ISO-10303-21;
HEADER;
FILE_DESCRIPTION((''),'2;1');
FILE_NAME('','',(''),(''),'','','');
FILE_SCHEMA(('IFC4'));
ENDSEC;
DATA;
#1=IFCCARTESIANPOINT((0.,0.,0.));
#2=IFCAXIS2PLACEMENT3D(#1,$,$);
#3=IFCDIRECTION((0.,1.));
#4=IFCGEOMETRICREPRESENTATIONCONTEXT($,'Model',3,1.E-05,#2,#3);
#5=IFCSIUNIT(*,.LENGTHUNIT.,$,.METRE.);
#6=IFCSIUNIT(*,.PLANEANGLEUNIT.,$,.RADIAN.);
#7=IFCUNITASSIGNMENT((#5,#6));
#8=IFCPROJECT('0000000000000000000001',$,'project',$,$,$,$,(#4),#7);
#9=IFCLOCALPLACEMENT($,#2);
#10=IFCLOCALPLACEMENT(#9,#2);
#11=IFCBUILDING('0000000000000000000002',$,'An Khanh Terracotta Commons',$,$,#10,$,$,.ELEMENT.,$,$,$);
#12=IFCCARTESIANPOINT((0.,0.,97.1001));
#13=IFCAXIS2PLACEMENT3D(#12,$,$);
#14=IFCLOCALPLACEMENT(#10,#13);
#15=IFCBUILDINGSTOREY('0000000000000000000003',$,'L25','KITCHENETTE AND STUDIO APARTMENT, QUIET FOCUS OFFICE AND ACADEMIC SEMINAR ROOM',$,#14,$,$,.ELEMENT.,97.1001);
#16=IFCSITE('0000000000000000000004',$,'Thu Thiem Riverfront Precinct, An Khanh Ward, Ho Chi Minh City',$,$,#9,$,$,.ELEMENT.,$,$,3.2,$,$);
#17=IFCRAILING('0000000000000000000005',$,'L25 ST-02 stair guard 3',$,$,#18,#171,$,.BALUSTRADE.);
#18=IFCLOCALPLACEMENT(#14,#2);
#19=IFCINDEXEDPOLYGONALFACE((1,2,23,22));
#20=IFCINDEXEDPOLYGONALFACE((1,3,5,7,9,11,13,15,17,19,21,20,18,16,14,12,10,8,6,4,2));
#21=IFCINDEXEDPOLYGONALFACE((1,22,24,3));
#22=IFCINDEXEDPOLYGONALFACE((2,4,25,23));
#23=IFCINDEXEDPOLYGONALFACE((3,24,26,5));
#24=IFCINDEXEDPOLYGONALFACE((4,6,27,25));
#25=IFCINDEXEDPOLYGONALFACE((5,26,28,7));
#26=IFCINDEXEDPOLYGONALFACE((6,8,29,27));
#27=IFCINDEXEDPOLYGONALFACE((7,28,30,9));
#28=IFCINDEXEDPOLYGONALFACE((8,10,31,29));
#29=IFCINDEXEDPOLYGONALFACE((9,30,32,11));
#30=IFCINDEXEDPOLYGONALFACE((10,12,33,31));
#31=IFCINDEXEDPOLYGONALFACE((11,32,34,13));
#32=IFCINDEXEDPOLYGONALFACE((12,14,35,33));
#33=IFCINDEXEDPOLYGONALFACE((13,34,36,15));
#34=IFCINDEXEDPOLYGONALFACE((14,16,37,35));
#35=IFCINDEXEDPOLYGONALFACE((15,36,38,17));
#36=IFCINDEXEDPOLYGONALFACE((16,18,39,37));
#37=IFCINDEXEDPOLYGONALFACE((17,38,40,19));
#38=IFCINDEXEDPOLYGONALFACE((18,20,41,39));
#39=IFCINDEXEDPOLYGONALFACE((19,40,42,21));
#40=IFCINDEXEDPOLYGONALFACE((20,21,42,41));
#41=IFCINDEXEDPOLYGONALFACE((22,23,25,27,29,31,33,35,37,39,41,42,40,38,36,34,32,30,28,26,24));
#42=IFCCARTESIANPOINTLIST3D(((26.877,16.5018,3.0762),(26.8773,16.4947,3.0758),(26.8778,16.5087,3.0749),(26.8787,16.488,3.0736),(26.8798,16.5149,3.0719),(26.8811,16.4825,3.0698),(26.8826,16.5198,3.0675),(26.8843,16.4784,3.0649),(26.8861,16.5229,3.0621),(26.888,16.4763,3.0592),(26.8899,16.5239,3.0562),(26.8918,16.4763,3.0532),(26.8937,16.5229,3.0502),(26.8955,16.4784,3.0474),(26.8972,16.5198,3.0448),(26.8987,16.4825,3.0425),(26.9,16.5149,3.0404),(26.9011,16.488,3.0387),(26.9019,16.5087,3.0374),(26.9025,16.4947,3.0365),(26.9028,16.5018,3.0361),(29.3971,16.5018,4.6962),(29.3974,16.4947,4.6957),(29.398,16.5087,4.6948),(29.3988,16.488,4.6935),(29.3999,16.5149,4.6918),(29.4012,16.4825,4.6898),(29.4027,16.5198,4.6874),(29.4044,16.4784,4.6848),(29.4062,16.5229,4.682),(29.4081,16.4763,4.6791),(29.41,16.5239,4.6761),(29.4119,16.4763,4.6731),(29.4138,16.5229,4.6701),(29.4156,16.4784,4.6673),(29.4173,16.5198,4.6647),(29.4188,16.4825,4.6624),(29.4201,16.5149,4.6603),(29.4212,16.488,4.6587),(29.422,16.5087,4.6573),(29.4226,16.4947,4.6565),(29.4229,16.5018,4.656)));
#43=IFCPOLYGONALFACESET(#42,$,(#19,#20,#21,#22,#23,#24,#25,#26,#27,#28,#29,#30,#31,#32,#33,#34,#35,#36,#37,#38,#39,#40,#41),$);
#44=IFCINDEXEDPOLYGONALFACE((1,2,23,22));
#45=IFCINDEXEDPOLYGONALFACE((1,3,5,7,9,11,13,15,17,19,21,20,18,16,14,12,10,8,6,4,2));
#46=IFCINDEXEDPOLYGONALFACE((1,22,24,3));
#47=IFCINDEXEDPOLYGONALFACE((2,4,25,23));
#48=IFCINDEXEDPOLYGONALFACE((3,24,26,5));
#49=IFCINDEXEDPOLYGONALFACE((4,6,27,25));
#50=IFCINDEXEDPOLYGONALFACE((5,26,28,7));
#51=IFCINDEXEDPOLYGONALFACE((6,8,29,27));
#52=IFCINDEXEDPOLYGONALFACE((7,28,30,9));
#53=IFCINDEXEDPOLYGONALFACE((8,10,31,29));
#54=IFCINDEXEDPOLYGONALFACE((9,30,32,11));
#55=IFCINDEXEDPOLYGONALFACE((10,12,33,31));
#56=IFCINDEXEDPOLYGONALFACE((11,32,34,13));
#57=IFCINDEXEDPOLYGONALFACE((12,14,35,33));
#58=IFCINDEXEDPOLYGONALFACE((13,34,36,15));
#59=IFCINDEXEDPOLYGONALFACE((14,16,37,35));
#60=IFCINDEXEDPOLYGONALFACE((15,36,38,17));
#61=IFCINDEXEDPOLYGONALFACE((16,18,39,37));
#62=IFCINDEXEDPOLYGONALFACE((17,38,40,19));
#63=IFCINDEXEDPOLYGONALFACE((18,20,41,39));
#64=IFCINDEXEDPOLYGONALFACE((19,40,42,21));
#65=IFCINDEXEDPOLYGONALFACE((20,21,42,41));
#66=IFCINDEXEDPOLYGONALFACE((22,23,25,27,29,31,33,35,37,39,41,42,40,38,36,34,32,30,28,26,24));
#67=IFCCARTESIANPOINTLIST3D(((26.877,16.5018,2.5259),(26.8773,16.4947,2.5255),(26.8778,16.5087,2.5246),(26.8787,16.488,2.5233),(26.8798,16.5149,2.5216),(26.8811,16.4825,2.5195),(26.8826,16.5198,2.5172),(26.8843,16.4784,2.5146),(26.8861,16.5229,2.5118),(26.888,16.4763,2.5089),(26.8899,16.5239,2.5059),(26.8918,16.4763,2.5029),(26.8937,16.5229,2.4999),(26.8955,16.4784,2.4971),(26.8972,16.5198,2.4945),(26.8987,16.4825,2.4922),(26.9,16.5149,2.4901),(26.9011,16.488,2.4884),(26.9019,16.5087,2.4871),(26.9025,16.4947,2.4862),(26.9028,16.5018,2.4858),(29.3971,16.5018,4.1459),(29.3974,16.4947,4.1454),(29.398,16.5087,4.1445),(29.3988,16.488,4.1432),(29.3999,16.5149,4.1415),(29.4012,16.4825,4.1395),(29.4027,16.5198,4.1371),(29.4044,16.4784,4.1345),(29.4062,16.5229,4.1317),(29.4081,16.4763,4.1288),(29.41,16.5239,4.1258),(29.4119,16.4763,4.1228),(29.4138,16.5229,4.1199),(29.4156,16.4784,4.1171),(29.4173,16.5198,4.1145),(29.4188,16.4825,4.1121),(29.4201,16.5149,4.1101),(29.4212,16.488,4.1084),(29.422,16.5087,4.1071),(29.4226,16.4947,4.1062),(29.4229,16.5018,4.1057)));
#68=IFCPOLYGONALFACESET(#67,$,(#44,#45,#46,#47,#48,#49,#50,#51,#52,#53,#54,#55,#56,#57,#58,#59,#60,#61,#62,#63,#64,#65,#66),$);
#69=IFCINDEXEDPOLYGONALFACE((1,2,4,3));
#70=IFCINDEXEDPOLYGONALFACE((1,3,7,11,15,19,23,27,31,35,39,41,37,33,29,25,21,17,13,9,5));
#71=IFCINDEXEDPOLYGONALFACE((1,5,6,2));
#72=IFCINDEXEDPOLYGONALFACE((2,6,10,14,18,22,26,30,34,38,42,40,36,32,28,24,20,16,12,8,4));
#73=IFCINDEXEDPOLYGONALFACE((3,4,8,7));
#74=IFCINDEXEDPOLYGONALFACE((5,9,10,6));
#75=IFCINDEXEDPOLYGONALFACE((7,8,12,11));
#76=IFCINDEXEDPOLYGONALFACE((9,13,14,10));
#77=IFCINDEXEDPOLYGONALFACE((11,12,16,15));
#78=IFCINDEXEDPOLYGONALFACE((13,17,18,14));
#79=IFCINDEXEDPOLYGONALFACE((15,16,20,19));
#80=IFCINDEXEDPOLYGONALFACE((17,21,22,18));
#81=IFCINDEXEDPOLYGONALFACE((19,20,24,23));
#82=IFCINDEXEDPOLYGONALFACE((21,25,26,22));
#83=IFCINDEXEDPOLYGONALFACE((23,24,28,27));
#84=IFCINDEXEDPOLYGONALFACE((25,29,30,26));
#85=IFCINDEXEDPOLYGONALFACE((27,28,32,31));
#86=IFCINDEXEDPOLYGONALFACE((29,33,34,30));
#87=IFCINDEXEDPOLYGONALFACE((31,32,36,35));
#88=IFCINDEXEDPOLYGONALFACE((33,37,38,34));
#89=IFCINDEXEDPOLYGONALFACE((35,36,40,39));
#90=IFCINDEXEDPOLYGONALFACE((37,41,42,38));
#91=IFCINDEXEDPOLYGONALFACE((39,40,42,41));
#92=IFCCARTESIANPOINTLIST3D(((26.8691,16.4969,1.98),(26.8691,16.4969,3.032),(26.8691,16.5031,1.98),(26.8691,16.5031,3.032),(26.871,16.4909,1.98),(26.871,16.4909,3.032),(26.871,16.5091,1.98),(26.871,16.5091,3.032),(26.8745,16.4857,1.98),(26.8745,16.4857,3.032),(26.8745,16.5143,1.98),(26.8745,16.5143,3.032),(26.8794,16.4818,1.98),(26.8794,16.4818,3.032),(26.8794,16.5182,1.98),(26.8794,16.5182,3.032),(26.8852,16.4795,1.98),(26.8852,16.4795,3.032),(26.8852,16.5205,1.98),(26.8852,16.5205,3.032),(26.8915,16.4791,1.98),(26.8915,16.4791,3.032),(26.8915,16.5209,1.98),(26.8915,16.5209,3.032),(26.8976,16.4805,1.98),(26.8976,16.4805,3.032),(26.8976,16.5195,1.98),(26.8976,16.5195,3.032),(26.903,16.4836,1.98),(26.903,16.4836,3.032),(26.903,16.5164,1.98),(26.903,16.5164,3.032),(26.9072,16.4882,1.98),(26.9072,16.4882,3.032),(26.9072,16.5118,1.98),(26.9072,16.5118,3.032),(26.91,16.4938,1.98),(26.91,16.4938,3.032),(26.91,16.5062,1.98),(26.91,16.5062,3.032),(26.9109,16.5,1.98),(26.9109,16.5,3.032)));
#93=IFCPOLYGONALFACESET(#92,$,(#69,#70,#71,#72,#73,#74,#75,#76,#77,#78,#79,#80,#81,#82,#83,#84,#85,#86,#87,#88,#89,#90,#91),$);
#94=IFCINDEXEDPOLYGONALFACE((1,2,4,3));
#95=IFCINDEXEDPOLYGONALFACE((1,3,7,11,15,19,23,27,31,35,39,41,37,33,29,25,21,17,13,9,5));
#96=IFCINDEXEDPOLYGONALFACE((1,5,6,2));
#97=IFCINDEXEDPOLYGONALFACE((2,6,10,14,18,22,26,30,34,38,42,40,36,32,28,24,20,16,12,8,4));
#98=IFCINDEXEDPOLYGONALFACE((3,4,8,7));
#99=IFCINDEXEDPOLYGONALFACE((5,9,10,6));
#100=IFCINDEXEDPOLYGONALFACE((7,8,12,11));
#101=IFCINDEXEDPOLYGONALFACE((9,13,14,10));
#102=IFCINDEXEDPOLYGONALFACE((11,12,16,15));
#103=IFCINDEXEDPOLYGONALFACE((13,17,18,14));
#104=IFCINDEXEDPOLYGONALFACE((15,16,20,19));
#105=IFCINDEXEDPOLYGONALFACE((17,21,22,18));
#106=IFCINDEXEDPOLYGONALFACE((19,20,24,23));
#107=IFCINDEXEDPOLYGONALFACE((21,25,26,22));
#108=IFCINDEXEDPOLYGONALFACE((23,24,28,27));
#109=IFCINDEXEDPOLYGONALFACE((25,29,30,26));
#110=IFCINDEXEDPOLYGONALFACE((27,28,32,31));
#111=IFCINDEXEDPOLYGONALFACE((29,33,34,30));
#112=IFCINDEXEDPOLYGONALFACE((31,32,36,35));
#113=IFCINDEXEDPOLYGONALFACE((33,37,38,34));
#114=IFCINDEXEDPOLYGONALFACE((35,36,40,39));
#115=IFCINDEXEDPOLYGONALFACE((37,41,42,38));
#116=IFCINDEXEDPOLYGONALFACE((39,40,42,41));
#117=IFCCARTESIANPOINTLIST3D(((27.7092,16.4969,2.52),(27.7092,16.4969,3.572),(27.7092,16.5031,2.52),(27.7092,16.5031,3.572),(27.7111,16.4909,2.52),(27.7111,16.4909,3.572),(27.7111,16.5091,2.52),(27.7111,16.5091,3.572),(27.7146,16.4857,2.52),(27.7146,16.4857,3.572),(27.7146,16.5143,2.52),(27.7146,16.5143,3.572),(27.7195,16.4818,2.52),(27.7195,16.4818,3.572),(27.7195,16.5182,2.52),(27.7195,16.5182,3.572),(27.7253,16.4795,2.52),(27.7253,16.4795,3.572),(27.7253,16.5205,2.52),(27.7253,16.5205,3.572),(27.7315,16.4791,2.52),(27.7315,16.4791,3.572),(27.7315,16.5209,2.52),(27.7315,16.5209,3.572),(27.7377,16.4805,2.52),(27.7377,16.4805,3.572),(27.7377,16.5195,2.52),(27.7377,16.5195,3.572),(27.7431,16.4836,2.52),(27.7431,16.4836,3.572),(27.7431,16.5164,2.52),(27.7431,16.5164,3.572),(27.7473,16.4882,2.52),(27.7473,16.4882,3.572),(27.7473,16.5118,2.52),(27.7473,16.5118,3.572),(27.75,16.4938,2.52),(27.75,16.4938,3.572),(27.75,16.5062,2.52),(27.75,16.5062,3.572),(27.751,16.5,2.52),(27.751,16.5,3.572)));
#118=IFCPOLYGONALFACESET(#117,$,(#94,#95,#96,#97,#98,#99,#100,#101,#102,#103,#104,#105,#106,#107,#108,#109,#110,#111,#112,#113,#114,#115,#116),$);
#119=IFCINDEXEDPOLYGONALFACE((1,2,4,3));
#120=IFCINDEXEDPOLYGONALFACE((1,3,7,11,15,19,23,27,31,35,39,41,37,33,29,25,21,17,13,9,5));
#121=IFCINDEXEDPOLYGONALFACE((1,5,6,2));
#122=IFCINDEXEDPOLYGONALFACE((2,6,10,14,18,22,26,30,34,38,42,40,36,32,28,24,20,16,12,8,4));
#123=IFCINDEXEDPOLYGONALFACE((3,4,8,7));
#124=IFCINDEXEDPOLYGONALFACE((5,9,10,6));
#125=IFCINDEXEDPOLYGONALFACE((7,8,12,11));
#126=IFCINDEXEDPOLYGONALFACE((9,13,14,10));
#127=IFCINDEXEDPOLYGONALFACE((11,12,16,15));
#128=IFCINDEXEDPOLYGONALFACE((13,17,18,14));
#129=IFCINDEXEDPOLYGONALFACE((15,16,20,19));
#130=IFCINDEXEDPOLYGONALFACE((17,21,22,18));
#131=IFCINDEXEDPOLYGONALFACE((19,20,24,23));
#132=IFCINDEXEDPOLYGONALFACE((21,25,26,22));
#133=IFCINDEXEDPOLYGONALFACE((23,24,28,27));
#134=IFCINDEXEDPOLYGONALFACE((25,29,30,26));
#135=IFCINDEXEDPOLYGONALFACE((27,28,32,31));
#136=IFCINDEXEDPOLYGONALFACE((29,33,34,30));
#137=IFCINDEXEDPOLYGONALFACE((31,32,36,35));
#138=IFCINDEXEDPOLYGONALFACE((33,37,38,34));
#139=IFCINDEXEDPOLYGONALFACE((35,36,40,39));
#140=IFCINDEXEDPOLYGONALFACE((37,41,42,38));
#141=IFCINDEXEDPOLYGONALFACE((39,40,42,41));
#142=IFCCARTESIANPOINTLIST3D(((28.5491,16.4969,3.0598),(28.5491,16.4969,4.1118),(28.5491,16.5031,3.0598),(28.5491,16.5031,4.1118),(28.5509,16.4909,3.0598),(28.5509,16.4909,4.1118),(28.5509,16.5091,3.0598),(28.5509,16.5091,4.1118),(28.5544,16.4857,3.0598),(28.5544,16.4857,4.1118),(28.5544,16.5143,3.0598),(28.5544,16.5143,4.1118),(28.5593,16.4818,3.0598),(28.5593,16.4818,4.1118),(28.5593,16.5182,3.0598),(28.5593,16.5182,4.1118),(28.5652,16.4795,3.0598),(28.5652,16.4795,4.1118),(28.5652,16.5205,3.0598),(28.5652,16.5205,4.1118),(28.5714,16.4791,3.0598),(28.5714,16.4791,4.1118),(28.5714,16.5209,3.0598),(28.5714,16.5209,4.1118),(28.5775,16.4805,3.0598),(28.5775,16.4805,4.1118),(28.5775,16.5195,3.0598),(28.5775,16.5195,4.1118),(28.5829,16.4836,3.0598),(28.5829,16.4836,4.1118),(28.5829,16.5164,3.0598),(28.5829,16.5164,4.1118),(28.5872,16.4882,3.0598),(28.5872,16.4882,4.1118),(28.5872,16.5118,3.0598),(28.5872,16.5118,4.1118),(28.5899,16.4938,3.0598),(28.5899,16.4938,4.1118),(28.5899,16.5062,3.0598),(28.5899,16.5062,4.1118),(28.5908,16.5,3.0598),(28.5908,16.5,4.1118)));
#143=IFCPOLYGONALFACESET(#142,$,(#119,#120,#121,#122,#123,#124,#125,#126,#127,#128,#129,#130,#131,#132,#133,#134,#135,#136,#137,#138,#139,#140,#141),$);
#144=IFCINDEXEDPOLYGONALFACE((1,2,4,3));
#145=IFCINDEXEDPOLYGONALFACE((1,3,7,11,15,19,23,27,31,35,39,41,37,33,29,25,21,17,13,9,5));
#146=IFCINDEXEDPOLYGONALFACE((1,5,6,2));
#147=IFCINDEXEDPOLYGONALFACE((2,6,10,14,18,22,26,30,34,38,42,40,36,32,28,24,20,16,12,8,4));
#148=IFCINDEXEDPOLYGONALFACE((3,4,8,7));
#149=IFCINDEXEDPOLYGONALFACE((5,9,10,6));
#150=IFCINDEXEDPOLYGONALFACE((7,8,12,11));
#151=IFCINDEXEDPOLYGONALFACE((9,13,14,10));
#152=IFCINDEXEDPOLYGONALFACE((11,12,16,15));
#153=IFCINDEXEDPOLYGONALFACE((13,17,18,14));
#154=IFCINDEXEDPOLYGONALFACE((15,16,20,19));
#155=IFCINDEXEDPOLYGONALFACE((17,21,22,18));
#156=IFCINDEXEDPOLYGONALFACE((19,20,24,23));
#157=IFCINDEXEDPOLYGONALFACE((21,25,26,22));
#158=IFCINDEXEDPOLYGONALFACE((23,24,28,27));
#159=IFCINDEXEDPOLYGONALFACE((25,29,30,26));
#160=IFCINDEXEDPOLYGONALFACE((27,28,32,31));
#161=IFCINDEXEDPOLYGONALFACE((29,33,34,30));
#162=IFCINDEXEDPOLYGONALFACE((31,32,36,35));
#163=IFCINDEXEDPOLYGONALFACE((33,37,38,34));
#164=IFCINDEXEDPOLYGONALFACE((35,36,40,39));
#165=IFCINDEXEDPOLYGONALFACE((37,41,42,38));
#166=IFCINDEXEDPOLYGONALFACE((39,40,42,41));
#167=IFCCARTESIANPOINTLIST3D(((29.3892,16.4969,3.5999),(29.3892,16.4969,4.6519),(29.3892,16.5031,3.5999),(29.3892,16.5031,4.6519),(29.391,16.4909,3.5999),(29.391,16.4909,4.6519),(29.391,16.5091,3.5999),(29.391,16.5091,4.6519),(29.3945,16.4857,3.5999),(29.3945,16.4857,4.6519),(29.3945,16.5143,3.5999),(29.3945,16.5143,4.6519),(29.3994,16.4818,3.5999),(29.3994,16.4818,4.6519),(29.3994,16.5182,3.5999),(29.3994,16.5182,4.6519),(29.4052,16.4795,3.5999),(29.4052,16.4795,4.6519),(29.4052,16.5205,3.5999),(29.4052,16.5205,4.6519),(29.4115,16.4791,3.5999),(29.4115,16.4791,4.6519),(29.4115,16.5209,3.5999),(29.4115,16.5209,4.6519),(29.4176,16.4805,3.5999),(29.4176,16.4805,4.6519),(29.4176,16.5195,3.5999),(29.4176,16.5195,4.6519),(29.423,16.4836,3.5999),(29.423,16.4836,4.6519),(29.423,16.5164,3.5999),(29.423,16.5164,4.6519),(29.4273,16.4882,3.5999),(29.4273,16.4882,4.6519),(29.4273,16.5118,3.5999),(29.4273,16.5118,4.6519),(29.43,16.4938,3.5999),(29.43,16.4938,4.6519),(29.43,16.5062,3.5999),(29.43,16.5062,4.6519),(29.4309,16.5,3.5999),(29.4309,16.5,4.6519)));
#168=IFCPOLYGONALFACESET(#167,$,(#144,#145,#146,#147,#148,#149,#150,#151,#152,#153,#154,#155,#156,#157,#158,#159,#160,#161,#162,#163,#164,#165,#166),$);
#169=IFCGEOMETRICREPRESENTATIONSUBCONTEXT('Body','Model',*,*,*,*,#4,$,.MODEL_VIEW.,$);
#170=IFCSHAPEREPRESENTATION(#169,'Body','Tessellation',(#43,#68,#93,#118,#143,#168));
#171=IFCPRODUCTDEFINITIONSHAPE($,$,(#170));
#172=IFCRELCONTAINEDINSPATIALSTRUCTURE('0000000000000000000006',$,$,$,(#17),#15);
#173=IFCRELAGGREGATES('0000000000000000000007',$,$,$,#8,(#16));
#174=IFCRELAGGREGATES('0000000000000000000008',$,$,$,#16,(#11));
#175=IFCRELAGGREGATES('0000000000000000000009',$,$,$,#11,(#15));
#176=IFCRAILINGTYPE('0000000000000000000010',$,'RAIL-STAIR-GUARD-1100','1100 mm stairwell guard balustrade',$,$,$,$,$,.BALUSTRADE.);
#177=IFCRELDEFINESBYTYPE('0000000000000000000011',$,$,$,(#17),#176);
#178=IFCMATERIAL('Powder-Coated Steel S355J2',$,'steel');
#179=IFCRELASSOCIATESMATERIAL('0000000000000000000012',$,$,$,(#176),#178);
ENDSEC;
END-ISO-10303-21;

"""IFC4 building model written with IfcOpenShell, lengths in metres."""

from ifc_helpers import new_model, si_unit, direction, frame, origin, origin_2d, place, context, subcontext, project, spatial, circle, extrude, material, type_object, element, save


model = new_model("IFC4")

# Units and contexts
model_context = context("Model", 3, precision=1e-05, world=origin(), true_north=direction((0.0, 1.0)))
body_context = subcontext(model_context, "Body", "Model", "MODEL_VIEW")
ifc_project = project(units=[si_unit("LENGTHUNIT", "METRE"), si_unit("PLANEANGLEUNIT", "RADIAN")], contexts=[model_context])

# Site, building, storey
site_placement = place(None, origin())
site = spatial("IfcSite", under=ifc_project, at=site_placement, Name="Thu Thiem Riverfront Precinct, An Khanh Ward, Ho Chi Minh City", CompositionType="ELEMENT", RefElevation=3.2)
building_placement = place(site_placement, origin())
building = spatial("IfcBuilding", under=site, at=building_placement, Name="An Khanh Terracotta Commons", CompositionType="ELEMENT")
storey_placement = place(building_placement, frame((0.0, 0.0, 97.1001)))
storey = spatial("IfcBuildingStorey", under=building, at=storey_placement, Name="L25", Description="KITCHENETTE AND STUDIO APARTMENT, QUIET FOCUS OFFICE AND ACADEMIC SEMINAR ROOM", CompositionType="ELEMENT", Elevation=97.1001)

# Railing
ifc_material_1 = material(Name="Powder-Coated Steel S355J2", Category="steel")
railing_type_1 = type_object("IfcRailingType", Name="RAIL-STAIR-GUARD-1100", Description="1100 mm stairwell guard balustrade", PredefinedType="BALUSTRADE", material=ifc_material_1)
railing_1_placement = place(storey_placement, frame((26.8899, 16.5, 1.98)))
element("IfcRailing", 1, at=railing_1_placement, inside=storey, type_object=railing_type_1, Name="L25 ST-02 stair guard 3", PredefinedType="BALUSTRADE", context=body_context, shape_type="SweptSolid", body=[
    extrude(circle(Radius=0.0239, at=origin_2d()), frame((0.0, 0.0, 1.0762), z_axis=(0.8412, 0.0, 0.540725), x_axis=(0.0, 1.0, 0.0)), (0.0, 0.0, 1.0), 2.9958),
    extrude(circle(Radius=0.0239, at=origin_2d()), frame((0.0, 0.0, 0.5259), z_axis=(0.8412, 0.0, 0.540725), x_axis=(0.0, 1.0, 0.0)), (0.0, 0.0, 1.0), 2.9958),
    extrude(circle(Radius=0.021, at=origin_2d()), origin(), (0.0, 0.0, 1.0), 1.052),
    extrude(circle(Radius=0.021, at=origin_2d()), frame((0.8401, 0.0, 0.54)), (0.0, 0.0, 1.0), 1.052),
    extrude(circle(Radius=0.021, at=origin_2d()), frame((1.6799, 0.0, 1.0798)), (0.0, 0.0, 1.0), 1.052),
    extrude(circle(Radius=0.021, at=origin_2d()), frame((2.52, 0.0, 1.6199)), (0.0, 0.0, 1.0), 1.052),
])

save(model, "model.ifc")
